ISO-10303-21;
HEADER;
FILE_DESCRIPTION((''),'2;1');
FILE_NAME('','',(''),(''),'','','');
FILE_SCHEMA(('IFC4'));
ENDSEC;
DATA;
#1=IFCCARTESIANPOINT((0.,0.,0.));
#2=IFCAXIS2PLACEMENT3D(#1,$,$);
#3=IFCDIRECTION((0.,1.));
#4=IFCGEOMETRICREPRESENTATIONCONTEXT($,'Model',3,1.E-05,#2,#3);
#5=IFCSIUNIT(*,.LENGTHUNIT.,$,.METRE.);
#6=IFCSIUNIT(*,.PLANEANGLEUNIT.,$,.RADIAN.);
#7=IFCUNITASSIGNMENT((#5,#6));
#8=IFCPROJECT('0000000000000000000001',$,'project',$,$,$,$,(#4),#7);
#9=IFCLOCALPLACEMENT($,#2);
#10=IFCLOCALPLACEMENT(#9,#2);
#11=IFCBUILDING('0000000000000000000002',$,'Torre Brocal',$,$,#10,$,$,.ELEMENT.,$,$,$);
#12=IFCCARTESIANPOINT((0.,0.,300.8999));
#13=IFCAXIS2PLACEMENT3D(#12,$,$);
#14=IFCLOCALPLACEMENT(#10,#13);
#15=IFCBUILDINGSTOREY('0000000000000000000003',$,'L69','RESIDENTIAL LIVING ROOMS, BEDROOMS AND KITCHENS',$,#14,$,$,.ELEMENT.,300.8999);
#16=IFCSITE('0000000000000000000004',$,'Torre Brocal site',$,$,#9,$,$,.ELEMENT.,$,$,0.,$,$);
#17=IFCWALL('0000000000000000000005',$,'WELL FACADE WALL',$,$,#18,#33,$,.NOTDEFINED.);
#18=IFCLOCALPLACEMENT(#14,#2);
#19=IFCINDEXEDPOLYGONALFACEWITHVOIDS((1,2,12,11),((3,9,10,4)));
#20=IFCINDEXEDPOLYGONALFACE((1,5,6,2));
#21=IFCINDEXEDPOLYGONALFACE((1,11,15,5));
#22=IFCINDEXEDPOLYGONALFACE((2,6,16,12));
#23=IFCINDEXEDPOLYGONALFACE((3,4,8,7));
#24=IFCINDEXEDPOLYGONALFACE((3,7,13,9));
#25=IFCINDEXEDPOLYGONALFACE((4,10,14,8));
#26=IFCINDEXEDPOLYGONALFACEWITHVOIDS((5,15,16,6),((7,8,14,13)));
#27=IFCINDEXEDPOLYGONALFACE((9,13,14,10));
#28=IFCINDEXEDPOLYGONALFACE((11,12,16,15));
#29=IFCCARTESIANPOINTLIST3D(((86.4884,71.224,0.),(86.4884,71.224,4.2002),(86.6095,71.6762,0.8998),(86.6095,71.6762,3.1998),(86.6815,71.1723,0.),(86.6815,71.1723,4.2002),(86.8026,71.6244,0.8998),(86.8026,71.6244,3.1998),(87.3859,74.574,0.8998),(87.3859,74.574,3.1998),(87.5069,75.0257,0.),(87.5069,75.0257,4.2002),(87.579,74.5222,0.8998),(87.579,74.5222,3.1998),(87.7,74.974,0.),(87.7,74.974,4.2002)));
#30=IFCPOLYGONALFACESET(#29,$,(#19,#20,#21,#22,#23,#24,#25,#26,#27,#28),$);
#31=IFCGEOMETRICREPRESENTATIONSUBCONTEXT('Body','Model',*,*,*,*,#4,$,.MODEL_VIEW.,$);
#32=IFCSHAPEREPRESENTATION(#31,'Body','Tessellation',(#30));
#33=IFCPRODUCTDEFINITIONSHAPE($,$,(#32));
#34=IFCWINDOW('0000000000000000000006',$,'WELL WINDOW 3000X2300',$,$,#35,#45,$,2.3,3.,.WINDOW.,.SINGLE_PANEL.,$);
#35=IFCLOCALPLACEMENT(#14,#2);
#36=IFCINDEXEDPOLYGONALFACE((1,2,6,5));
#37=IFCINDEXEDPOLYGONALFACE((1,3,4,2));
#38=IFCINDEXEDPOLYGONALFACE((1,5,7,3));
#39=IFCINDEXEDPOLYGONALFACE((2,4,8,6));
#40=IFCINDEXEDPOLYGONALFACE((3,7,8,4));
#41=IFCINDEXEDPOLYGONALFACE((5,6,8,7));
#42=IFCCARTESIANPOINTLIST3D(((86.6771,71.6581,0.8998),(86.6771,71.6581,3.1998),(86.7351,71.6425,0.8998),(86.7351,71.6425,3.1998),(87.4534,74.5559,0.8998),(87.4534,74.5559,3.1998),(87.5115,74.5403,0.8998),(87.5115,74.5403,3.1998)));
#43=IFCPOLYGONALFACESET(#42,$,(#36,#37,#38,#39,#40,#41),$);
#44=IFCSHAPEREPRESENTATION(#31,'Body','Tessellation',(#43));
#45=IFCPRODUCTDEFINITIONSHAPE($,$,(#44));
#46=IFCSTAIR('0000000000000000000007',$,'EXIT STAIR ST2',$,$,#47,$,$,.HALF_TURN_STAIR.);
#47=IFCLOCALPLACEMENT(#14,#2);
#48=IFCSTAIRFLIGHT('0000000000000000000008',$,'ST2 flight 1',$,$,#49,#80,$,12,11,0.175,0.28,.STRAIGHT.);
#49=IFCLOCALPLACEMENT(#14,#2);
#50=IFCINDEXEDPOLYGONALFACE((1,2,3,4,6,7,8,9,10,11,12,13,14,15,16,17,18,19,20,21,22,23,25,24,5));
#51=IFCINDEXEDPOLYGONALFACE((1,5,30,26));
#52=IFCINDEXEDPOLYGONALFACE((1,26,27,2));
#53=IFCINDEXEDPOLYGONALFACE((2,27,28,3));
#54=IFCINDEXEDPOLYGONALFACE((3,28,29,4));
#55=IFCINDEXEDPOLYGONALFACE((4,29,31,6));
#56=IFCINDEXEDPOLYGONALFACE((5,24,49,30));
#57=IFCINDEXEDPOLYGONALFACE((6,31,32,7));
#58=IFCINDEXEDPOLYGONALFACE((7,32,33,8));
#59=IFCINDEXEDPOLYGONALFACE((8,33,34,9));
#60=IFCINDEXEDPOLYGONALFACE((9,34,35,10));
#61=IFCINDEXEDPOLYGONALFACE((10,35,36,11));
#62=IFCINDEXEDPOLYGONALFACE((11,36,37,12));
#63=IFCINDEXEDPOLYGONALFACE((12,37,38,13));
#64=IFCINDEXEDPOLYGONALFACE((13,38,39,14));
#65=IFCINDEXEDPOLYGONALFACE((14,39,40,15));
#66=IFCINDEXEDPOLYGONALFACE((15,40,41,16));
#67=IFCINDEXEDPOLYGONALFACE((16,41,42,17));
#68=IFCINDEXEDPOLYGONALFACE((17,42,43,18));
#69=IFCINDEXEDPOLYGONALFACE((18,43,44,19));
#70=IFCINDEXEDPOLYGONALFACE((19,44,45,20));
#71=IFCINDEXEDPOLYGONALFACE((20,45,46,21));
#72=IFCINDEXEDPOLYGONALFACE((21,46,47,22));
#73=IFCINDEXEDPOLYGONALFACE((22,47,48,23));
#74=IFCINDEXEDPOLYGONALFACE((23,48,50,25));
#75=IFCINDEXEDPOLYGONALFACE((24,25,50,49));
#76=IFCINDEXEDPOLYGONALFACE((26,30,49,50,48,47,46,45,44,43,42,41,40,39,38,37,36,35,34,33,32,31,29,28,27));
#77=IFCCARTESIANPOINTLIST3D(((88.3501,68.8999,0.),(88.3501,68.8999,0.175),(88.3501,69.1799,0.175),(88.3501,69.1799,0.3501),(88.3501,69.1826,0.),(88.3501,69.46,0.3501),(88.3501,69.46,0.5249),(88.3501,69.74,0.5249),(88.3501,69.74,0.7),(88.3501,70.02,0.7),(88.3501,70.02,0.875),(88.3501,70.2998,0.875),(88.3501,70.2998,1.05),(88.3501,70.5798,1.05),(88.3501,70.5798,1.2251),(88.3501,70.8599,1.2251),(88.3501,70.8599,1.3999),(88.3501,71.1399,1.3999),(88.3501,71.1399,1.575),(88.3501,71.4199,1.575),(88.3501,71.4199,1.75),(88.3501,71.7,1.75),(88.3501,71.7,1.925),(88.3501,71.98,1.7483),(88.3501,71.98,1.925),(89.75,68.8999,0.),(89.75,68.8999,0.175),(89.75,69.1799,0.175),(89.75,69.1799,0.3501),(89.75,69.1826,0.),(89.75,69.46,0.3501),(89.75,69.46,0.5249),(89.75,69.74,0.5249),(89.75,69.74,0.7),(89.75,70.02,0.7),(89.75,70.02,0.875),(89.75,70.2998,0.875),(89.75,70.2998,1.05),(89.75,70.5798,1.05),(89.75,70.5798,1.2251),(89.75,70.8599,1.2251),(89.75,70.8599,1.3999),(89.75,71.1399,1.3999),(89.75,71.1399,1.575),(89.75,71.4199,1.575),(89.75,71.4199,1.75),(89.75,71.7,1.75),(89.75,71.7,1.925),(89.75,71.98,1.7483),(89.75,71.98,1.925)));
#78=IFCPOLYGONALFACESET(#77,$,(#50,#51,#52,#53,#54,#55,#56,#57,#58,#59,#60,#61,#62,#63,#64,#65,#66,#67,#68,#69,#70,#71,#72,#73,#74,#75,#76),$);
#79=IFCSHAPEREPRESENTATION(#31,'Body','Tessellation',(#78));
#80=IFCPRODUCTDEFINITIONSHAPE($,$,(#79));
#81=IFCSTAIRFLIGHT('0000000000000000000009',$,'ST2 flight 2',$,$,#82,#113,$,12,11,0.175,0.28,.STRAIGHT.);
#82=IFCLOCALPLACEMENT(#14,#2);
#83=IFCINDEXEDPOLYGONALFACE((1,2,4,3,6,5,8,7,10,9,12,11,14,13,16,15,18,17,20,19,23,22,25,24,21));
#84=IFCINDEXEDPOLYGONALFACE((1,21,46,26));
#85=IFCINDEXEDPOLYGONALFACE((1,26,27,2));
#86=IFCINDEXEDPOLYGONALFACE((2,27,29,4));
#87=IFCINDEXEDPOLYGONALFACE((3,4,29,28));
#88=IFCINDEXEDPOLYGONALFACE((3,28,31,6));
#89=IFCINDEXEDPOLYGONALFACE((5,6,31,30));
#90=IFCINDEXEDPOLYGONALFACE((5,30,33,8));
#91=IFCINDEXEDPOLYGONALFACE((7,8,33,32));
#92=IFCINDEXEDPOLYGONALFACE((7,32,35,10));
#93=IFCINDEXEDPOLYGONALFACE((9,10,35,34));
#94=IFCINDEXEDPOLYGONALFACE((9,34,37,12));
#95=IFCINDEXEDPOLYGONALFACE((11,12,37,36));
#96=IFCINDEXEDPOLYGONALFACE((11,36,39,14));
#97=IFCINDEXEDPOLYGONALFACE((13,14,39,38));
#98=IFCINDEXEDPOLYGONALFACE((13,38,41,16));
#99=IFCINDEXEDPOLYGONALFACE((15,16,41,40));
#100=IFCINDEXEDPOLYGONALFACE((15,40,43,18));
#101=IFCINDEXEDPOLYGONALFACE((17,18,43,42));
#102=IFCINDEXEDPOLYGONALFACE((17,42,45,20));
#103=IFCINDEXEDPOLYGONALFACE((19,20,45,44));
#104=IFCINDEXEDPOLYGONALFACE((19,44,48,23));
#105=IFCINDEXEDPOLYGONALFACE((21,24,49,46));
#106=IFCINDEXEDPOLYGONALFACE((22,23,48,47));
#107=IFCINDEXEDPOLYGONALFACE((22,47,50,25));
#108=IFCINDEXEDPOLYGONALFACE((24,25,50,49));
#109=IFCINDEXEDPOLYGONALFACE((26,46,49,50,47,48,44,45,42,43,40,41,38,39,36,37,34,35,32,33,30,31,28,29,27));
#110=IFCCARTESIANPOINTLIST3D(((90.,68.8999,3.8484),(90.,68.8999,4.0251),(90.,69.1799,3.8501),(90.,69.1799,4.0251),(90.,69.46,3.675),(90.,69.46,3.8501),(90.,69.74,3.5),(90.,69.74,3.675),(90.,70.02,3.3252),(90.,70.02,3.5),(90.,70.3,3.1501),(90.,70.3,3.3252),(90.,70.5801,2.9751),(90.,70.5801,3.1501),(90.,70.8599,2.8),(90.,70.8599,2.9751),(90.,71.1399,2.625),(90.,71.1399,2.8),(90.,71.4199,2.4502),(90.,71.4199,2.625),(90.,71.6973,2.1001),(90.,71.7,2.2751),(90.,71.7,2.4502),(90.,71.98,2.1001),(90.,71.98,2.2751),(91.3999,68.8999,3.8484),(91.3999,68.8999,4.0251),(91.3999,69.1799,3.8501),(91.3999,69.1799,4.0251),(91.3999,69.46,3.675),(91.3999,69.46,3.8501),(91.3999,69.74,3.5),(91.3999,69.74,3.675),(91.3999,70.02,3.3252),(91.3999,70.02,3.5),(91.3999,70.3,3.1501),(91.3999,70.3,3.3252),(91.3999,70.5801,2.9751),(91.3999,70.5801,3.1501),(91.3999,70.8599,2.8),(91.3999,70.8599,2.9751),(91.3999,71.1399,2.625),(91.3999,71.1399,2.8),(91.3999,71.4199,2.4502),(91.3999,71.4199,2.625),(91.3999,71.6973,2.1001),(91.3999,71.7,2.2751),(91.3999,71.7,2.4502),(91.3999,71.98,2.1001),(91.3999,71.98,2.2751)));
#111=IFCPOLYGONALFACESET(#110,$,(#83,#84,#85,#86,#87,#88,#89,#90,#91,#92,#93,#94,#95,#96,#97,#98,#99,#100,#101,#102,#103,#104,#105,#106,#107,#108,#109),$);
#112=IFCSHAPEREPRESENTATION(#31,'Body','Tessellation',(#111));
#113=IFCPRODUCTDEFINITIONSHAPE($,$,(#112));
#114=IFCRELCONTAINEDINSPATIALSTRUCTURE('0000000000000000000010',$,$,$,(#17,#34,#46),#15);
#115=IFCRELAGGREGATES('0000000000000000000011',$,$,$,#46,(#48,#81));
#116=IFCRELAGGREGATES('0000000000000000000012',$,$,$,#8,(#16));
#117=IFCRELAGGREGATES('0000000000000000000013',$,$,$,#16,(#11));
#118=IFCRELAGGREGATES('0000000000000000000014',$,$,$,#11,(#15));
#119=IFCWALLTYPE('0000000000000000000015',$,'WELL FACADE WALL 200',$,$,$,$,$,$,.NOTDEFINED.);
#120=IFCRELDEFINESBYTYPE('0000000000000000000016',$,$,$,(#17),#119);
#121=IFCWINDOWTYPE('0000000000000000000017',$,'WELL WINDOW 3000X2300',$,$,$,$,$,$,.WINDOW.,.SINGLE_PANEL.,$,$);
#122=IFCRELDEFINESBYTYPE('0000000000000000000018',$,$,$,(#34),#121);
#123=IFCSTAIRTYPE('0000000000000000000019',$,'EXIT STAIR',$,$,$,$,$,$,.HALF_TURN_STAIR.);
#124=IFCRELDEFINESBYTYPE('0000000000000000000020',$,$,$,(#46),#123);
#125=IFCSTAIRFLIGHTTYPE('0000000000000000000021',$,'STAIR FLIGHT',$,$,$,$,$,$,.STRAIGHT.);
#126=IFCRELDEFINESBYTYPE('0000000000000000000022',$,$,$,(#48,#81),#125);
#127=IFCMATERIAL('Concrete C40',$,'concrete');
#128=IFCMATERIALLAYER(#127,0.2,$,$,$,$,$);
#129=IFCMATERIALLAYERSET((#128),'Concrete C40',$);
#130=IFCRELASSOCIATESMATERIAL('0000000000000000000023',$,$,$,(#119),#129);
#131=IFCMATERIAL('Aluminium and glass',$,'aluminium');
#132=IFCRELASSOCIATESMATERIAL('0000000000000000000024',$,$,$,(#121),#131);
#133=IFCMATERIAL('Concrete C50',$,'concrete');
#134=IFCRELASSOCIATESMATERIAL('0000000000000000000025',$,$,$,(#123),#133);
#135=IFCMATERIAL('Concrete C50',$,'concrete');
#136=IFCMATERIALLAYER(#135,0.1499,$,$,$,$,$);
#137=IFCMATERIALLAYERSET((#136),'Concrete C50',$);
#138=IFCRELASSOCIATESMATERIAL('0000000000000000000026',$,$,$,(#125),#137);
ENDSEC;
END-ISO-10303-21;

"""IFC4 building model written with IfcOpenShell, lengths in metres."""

from ifc_helpers import new_model, si_unit, direction, frame, frame_2d, origin, place, context, subcontext, project, spatial, polyline, rectangle, outline, extrude, material, layer, layer_set, type_object, element, fill, aggregate, save


model = new_model("IFC4")

# Units and contexts
model_context = context("Model", 3, precision=1e-05, world=origin(), true_north=direction((0.0, 1.0)))
body_context = subcontext(model_context, "Body", "Model", "MODEL_VIEW")
ifc_project = project(units=[si_unit("LENGTHUNIT", "METRE"), si_unit("PLANEANGLEUNIT", "RADIAN")], contexts=[model_context])

# Site, building, storey
site_placement = place(None, origin())
site = spatial("IfcSite", under=ifc_project, at=site_placement, Name="Torre Brocal site", CompositionType="ELEMENT", RefElevation=0.0)
building_placement = place(site_placement, origin())
building = spatial("IfcBuilding", under=site, at=building_placement, Name="Torre Brocal", CompositionType="ELEMENT")
storey_placement = place(building_placement, frame((0.0, 0.0, 300.8999)))
storey = spatial("IfcBuildingStorey", under=building, at=storey_placement, Name="L69", Description="RESIDENTIAL LIVING ROOMS, BEDROOMS AND KITCHENS", CompositionType="ELEMENT", Elevation=300.8999)

# Wall, opening, window
ifc_material_1 = material(Name="Concrete C40", Category="concrete")
ifc_layer_1 = layer(ifc_material_1, 0.2)
ifc_layer_set_1 = layer_set([ifc_layer_1], Name="Concrete C40")
wall_type_1 = type_object("IfcWallType", Name="WELL FACADE WALL 200", PredefinedType="NOTDEFINED", material=ifc_layer_set_1)
ifc_material_2 = material(Name="Aluminium and glass", Category="aluminium")
window_type = type_object("IfcWindowType", Name="WELL WINDOW 3000X2300", PartitioningType="SINGLE_PANEL", PredefinedType="WINDOW", material=ifc_material_2)
wall_1_placement = place(storey_placement, frame((86.585, 71.1982, 0.0), z_axis=(0.0, 0.0, 1.0), x_axis=(0.25879, 0.965934, 0.0)))
wall_1 = element("IfcWall", 1, at=wall_1_placement, inside=storey, type_object=wall_type_1, Name="WELL FACADE WALL", PredefinedType="NOTDEFINED", context=body_context, shape_type="SweptSolid", body=[
    extrude(rectangle(XDim=3.9358, YDim=0.2, at=frame_2d((1.9678, 0.0))), origin(), (0.0, 0.0, 1.0), 4.2002),
])
opening_1_placement = place(wall_1_placement, frame((0.468, 0.0, 0.8999)))
opening_1 = element("IfcOpeningElement", 2, at=opening_1_placement, cuts=wall_1, PredefinedType="OPENING", context=body_context, shape_type="SweptSolid", body=[
    extrude(rectangle(XDim=3.0, YDim=2.3, at=frame_2d((1.5, 1.1499))), frame((0.0, 0.1099, 0.0), z_axis=(0.0, -1.0, 0.0), x_axis=(1.0, 0.0, 0.0)), (0.0, 0.0, 1.0), 0.22),
])
window_1_placement = place(opening_1_placement, origin())
window_1 = element("IfcWindow", 3, at=window_1_placement, inside=storey, type_object=window_type, Name="WELL WINDOW 3000X2300", OverallHeight=2.3, OverallWidth=3.0, PartitioningType="SINGLE_PANEL", PredefinedType="WINDOW", context=body_context, shape_type="SweptSolid", body=[
    extrude(rectangle(XDim=3.0, YDim=2.3, at=frame_2d((1.5, 1.1499))), frame((0.0, 0.03, 0.0), z_axis=(0.0, -1.0, 0.0), x_axis=(1.0, 0.0, 0.0)), (0.0, 0.0, 1.0), 0.0601),
])
fill(opening_1, window_1)

# Stair, stair flights
ifc_material_3 = material(Name="Concrete C50", Category="concrete")
stair_type = type_object("IfcStairType", Name="EXIT STAIR", PredefinedType="HALF_TURN_STAIR", material=ifc_material_3)
stair_placement = place(storey_placement, origin())
stair = element("IfcStair", 4, at=stair_placement, inside=storey, type_object=stair_type, Name="EXIT STAIR ST2", PredefinedType="HALF_TURN_STAIR")
ifc_material_4 = material(Name="Concrete C50", Category="concrete")
ifc_layer_2 = layer(ifc_material_4, 0.1499)
ifc_layer_set_2 = layer_set([ifc_layer_2], Name="Concrete C50")
stair_flight_type = type_object("IfcStairFlightType", Name="STAIR FLIGHT", PredefinedType="STRAIGHT", material=ifc_layer_set_2)
stair_flight_1_placement = place(storey_placement, frame((89.05, 68.8999, 0.0), z_axis=(0.0, 0.0, 1.0), x_axis=(0.0, 1.0, 0.0)))
stair_flight_1 = element("IfcStairFlight", 5, at=stair_flight_1_placement, type_object=stair_flight_type, Name="ST2 flight 1", NumberOfRisers=12, NumberOfTreads=11, PredefinedType="STRAIGHT", RiserHeight=0.175, TreadLength=0.28, context=body_context, shape_type="SweptSolid", body=[
    extrude(outline(polyline([(0.0, 0.0), (0.0, 0.175), (0.28, 0.175), (0.28, 0.3501), (0.5601, 0.3501), (0.5601, 0.5249), (0.8401, 0.5249), (0.8401, 0.7), (1.1201, 0.7), (1.1201, 0.875), (1.3999, 0.875), (1.3999, 1.05), (1.6799, 1.05), (1.6799, 1.2251), (1.96, 1.2251), (1.96, 1.3999), (2.24, 1.3999), (2.24, 1.575), (2.52, 1.575), (2.52, 1.75), (2.8, 1.75), (2.8, 1.925), (3.0801, 1.925), (3.0801, 2.1001), (3.0801, 1.7483), (0.2827, 0.0), (0.0, 0.0)])), frame((0.0, 0.7, 0.0), z_axis=(0.0, -1.0, 0.0), x_axis=(1.0, 0.0, 0.0)), (0.0, 0.0, 1.0), 1.3999),
])
stair_flight_2_placement = place(storey_placement, frame((90.7, 71.98, 2.1001), z_axis=(0.0, 0.0, 1.0), x_axis=(0.0, -1.0, 0.0)))
stair_flight_2 = element("IfcStairFlight", 6, at=stair_flight_2_placement, type_object=stair_flight_type, Name="ST2 flight 2", NumberOfRisers=12, NumberOfTreads=11, PredefinedType="STRAIGHT", RiserHeight=0.175, TreadLength=0.28, context=body_context, shape_type="SweptSolid", body=[
    extrude(outline(polyline([(0.0, 0.0), (0.0, 0.175), (0.28, 0.175), (0.28, 0.3501), (0.5601, 0.3501), (0.5601, 0.5249), (0.8401, 0.5249), (0.8401, 0.7), (1.1201, 0.7), (1.1201, 0.875), (1.3999, 0.875), (1.3999, 1.05), (1.6799, 1.05), (1.6799, 1.2251), (1.96, 1.2251), (1.96, 1.3999), (2.24, 1.3999), (2.24, 1.575), (2.52, 1.575), (2.52, 1.75), (2.8, 1.75), (2.8, 1.925), (3.0801, 1.925), (3.0801, 2.1001), (3.0801, 1.7483), (0.2827, 0.0), (0.0, 0.0)])), frame((0.0, 0.7, 0.0), z_axis=(0.0, -1.0, 0.0), x_axis=(1.0, 0.0, 0.0)), (0.0, 0.0, 1.0), 1.3999),
])
aggregate(stair, [stair_flight_1, stair_flight_2])

save(model, "model.ifc")
